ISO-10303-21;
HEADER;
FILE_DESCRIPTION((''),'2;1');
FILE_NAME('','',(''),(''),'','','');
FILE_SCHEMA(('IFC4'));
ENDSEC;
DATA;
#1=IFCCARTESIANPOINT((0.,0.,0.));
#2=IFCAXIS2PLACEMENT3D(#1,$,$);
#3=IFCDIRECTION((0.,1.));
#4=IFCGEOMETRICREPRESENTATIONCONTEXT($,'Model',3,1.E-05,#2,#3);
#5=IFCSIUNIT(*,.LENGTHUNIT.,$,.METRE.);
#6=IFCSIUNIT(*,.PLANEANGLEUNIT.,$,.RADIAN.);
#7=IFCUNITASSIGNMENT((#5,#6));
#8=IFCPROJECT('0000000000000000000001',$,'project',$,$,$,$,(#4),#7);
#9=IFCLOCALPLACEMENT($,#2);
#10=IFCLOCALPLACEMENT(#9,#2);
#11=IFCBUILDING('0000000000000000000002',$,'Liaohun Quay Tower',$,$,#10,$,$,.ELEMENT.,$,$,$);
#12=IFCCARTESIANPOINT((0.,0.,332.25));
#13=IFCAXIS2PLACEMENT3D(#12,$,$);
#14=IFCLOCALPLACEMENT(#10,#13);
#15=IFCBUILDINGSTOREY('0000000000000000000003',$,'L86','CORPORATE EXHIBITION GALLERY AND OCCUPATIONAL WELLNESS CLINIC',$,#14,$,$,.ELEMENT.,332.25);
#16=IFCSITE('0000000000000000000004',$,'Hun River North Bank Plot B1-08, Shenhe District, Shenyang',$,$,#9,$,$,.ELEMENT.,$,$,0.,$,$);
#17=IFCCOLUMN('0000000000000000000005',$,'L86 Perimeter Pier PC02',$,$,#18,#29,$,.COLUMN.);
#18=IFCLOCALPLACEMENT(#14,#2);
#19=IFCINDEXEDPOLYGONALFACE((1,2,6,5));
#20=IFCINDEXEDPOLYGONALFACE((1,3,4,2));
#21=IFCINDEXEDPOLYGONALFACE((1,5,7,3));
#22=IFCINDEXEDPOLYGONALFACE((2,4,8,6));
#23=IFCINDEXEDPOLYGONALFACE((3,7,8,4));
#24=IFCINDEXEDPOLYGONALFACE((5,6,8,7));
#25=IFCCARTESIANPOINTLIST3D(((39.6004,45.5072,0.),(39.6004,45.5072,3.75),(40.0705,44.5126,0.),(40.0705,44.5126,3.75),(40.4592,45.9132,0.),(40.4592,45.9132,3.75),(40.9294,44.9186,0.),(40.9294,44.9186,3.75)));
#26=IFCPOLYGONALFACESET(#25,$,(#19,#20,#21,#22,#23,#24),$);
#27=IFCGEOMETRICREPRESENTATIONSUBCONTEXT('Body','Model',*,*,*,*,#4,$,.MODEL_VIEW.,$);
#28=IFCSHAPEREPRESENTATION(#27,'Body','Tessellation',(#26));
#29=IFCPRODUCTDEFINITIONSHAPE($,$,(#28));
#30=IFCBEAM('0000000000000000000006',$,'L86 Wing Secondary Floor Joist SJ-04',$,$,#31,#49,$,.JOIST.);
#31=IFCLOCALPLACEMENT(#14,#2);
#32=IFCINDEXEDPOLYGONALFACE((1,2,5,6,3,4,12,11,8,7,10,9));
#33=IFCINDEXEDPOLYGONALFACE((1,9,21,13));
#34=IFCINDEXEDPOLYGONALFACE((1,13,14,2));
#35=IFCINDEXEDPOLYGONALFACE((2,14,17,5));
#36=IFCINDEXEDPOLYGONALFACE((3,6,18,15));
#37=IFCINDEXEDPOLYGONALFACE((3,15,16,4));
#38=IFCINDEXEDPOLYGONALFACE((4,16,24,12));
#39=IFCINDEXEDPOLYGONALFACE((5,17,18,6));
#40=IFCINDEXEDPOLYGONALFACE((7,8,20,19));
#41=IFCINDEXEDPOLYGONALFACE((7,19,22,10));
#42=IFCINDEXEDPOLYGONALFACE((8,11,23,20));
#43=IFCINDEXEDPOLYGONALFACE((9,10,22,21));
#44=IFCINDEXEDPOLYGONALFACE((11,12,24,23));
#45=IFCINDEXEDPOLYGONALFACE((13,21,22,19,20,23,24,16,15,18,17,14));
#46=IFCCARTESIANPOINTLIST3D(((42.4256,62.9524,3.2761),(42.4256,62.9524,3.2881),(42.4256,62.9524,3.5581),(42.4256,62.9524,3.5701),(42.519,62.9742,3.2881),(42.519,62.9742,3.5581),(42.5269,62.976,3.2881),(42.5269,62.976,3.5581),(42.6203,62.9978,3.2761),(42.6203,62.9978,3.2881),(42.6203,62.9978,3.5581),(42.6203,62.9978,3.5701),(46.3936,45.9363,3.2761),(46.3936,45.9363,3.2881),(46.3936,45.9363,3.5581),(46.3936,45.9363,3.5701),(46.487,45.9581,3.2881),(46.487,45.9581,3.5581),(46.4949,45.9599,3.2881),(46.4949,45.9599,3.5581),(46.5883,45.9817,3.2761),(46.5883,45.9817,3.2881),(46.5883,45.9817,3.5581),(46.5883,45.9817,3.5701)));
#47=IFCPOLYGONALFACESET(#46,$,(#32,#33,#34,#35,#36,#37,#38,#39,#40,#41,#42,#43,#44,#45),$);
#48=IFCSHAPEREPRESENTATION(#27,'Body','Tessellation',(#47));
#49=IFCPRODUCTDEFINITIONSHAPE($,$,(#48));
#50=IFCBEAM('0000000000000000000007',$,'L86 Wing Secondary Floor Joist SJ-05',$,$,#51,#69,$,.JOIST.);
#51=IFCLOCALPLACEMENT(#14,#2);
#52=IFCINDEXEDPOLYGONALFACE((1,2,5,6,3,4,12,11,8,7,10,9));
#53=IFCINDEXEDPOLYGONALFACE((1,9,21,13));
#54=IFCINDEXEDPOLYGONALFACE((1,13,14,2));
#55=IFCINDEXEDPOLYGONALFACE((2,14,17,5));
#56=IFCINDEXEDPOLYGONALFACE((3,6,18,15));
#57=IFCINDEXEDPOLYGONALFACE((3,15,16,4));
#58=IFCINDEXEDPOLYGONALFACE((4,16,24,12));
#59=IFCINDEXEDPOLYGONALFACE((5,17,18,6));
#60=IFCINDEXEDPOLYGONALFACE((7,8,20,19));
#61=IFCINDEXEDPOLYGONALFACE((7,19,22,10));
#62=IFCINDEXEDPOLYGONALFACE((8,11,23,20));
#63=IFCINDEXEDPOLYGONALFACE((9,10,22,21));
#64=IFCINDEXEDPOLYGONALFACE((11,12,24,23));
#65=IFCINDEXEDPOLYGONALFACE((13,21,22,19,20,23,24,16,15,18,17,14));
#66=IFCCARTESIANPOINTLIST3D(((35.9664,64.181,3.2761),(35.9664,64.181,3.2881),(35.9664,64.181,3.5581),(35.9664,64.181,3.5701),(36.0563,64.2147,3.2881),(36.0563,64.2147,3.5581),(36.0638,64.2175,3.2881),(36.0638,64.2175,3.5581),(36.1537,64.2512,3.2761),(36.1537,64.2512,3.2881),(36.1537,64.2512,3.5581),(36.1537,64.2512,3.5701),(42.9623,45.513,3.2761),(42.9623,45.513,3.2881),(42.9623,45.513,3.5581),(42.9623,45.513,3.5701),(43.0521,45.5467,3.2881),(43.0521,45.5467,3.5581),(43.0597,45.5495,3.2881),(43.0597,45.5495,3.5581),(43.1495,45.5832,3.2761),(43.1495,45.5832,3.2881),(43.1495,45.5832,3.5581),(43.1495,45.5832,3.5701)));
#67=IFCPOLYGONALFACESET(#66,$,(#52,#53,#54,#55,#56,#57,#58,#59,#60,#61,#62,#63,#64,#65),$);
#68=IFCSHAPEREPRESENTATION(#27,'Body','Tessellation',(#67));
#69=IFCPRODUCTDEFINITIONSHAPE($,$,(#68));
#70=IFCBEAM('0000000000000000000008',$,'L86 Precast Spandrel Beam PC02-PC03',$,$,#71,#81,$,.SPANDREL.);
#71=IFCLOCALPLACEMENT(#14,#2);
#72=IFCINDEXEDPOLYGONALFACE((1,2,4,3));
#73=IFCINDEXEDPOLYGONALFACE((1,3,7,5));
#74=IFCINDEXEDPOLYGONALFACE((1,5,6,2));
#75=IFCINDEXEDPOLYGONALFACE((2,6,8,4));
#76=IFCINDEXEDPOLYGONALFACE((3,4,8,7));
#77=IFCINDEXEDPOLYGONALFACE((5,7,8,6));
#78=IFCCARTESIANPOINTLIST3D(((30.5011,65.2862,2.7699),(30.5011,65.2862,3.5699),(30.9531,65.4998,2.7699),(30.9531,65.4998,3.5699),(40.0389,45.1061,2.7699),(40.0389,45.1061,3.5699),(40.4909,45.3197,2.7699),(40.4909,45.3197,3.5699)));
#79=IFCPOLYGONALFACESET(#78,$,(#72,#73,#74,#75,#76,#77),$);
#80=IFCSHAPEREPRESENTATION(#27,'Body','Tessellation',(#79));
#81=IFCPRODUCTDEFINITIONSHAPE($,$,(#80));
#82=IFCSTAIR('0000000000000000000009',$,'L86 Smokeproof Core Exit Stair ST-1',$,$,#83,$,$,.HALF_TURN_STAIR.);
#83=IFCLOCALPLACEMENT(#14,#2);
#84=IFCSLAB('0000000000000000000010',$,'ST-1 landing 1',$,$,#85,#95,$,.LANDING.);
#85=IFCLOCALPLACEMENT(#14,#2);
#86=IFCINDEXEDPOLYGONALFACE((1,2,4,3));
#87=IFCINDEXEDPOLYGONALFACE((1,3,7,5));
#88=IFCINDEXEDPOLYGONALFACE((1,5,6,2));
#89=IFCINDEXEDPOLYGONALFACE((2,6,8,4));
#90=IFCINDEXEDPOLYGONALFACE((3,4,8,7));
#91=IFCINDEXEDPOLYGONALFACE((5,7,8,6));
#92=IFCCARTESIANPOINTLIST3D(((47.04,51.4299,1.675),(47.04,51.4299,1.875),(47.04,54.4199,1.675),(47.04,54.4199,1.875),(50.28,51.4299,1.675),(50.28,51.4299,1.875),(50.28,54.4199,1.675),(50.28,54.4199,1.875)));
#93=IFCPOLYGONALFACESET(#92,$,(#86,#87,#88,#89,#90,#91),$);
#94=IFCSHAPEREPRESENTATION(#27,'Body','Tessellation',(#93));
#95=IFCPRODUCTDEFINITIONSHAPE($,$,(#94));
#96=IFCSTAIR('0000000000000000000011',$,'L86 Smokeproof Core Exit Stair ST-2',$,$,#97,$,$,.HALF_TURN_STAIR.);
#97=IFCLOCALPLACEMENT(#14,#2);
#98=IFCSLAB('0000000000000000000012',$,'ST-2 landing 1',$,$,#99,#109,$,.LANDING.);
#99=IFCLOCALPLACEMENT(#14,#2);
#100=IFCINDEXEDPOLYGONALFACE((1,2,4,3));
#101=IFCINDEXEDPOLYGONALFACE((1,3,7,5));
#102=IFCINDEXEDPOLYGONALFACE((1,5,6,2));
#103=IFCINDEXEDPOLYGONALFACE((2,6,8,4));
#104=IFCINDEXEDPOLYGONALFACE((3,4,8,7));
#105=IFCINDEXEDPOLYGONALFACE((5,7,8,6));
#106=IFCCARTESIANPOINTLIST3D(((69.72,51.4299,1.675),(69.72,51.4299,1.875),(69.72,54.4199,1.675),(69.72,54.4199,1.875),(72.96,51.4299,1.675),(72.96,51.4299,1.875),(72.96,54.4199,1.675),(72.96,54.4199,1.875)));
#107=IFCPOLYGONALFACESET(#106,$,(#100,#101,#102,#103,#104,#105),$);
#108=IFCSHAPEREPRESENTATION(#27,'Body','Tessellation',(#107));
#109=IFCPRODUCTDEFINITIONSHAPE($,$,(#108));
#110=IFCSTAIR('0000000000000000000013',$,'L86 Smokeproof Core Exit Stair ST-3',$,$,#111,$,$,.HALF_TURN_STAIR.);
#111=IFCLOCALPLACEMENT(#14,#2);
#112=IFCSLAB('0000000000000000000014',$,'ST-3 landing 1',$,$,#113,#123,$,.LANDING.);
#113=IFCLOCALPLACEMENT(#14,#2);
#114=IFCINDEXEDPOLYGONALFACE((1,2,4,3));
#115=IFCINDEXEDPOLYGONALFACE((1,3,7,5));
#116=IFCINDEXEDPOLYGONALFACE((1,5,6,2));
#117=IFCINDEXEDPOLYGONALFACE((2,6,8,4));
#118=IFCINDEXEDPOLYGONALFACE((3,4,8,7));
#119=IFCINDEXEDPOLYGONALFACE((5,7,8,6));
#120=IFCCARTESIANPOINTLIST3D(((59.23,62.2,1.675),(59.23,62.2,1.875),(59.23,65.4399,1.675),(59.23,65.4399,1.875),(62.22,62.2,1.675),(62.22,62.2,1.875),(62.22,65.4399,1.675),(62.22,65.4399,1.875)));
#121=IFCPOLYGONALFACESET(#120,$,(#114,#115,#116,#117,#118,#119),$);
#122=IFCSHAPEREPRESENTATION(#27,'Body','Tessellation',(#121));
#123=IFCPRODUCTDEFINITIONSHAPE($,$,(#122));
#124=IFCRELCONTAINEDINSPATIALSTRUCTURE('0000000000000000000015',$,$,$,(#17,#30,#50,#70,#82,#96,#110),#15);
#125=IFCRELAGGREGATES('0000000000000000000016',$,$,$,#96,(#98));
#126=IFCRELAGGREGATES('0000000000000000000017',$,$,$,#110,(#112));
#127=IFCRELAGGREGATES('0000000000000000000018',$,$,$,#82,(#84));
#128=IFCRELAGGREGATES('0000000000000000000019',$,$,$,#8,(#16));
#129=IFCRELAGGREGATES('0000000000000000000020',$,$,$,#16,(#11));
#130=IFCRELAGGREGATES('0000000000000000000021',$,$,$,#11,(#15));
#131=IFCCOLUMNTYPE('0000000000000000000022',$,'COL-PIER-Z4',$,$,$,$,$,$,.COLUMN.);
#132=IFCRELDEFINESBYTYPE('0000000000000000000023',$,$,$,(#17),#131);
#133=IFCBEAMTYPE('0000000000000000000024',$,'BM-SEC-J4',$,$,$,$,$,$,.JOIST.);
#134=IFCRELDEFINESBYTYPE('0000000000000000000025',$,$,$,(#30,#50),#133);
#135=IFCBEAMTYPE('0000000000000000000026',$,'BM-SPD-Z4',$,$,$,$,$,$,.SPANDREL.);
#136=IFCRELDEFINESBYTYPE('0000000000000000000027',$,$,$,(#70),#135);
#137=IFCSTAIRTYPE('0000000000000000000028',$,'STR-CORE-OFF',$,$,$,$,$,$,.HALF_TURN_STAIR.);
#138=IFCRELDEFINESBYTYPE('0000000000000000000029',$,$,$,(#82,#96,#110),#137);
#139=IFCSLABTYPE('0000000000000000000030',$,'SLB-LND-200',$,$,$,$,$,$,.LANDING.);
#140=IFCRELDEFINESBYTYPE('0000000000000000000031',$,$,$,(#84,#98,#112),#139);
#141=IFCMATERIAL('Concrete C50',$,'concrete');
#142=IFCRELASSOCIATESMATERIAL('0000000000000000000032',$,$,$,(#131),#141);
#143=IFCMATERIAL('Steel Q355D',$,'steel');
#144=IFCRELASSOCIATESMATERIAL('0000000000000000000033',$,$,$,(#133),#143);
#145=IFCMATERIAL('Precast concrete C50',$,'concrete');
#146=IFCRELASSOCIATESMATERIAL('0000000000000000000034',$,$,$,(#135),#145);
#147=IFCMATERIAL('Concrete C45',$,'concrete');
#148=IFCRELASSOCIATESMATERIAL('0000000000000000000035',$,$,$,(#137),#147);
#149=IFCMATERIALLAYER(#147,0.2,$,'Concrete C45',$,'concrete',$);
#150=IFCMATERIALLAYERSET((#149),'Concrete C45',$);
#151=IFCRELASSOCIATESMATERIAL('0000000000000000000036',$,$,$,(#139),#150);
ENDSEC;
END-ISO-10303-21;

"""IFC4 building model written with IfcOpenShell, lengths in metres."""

from ifc_helpers import new_model, si_unit, direction, frame, origin, origin_2d, place, context, subcontext, project, spatial, polyline, rectangle, i_section, outline, extrude, source, transform, mapped, material, layer, layer_set, material_profile, profile_set, type_object, element, aggregate, save


model = new_model("IFC4")

# Units and contexts
model_context = context("Model", 3, precision=1e-05, world=origin(), true_north=direction((0.0, 1.0)))
body_context = subcontext(model_context, "Body", "Model", "MODEL_VIEW")
ifc_project = project(units=[si_unit("LENGTHUNIT", "METRE"), si_unit("PLANEANGLEUNIT", "RADIAN")], contexts=[model_context])

# Site, building, storey
site_placement = place(None, origin())
site = spatial("IfcSite", under=ifc_project, at=site_placement, Name="Hun River North Bank Plot B1-08, Shenhe District, Shenyang", CompositionType="ELEMENT", RefElevation=0.0)
building_placement = place(site_placement, origin())
building = spatial("IfcBuilding", under=site, at=building_placement, Name="Liaohun Quay Tower", CompositionType="ELEMENT")
storey_placement = place(building_placement, frame((0.0, 0.0, 332.25)))
storey = spatial("IfcBuildingStorey", under=building, at=storey_placement, Name="L86", Description="CORPORATE EXHIBITION GALLERY AND OCCUPATIONAL WELLNESS CLINIC", CompositionType="ELEMENT", Elevation=332.25)

# Column
ifc_material_1 = material(Name="Concrete C50", Category="concrete")
ifc_material_profile_1 = material_profile(ifc_material_1, rectangle(XDim=1.1001, YDim=0.95, at=origin_2d()), Name="RC1100x950")
ifc_profile_set_1 = profile_set([ifc_material_profile_1], Name="Concrete C50")
column_type = type_object("IfcColumnType", Name="COL-PIER-Z4", PredefinedType="COLUMN", material=ifc_profile_set_1)
shared_shape_1 = source(origin(), body_context, "Body", "SweptSolid", [
    extrude(rectangle(XDim=1.1001, YDim=0.95, at=origin_2d()), origin(), (0.0, 0.0, 1.0), 3.75),
])
column_placement = place(storey_placement, frame((40.2649, 45.2129, 0.0), z_axis=(0.0, 0.0, 1.0), x_axis=(-0.427358, 0.904083, 0.0)))
element("IfcColumn", 1, at=column_placement, inside=storey, type_object=column_type, Name="L86 Perimeter Pier PC02", PredefinedType="COLUMN", context=body_context, shape_type="MappedRepresentation", body=[
    mapped(shared_shape_1, transform((0.0, 0.0, 0.0), x_axis=(1.0, 0.0, 0.0), y_axis=(0.0, 1.0, 0.0), z_axis=(0.0, 0.0, 1.0), scale=1.0)),
])

# Beams
ifc_material_2 = material(Name="Steel Q355D", Category="steel")
ifc_material_profile_2 = material_profile(ifc_material_2, i_section(OverallWidth=0.2, OverallDepth=0.2939, WebThickness=0.0081, FlangeThickness=0.012, at=origin_2d()), Name="HM294x200x8x12")
ifc_profile_set_2 = profile_set([ifc_material_profile_2], Name="Steel Q355D")
beam_type_1 = type_object("IfcBeamType", Name="BM-SEC-J4", PredefinedType="JOIST", material=ifc_profile_set_2)
shared_shape_2 = source(origin(), body_context, "Body", "SweptSolid", [
    extrude(i_section(OverallWidth=0.2, OverallDepth=0.2939, WebThickness=0.0081, FlangeThickness=0.012, at=origin_2d()), origin(), (0.0, 0.0, 1.0), 17.4727),
])
beam_1_placement = place(storey_placement, frame((46.491, 45.959, 3.4231), z_axis=(-0.227099, 0.973872, 0.0), x_axis=(-0.973872, -0.227099, 0.0)))
element("IfcBeam", 2, at=beam_1_placement, inside=storey, type_object=beam_type_1, Name="L86 Wing Secondary Floor Joist SJ-04", PredefinedType="JOIST", context=body_context, shape_type="MappedRepresentation", body=[
    mapped(shared_shape_2, transform((0.0, 0.0, 0.0), x_axis=(1.0, 0.0, 0.0), y_axis=(0.0, 1.0, 0.0), z_axis=(0.0, 0.0, 1.0), scale=1.0)),
])
shared_shape_3 = source(origin(), body_context, "Body", "SweptSolid", [
    extrude(i_section(OverallWidth=0.2, OverallDepth=0.2939, WebThickness=0.0081, FlangeThickness=0.012, at=origin_2d()), origin(), (0.0, 0.0, 1.0), 19.9358),
])
beam_2_placement = place(storey_placement, frame((43.0559, 45.5481, 3.4231), z_axis=(-0.350919, 0.936406, 0.0), x_axis=(-0.936406, -0.350919, 0.0)))
element("IfcBeam", 3, at=beam_2_placement, inside=storey, type_object=beam_type_1, Name="L86 Wing Secondary Floor Joist SJ-05", PredefinedType="JOIST", context=body_context, shape_type="MappedRepresentation", body=[
    mapped(shared_shape_3, transform((0.0, 0.0, 0.0), x_axis=(1.0, 0.0, 0.0), y_axis=(0.0, 1.0, 0.0), z_axis=(0.0, 0.0, 1.0), scale=1.0)),
])
ifc_material_3 = material(Name="Precast concrete C50", Category="concrete")
ifc_material_profile_3 = material_profile(ifc_material_3, rectangle(XDim=0.5, YDim=0.8, at=origin_2d()), Name="RC500x800")
ifc_profile_set_3 = profile_set([ifc_material_profile_3], Name="Precast concrete C50")
beam_type_2 = type_object("IfcBeamType", Name="BM-SPD-Z4", PredefinedType="SPANDREL", material=ifc_profile_set_3)
shared_shape_4 = source(origin(), body_context, "Body", "SweptSolid", [
    extrude(rectangle(XDim=0.5, YDim=0.8, at=origin_2d()), origin(), (0.0, 0.0, 1.0), 22.3206),
])
beam_3_placement = place(storey_placement, frame((40.2649, 45.2129, 3.1699), z_axis=(-0.427311, 0.904105, 0.0), x_axis=(-0.904105, -0.427311, 0.0)))
element("IfcBeam", 4, at=beam_3_placement, inside=storey, type_object=beam_type_2, Name="L86 Precast Spandrel Beam PC02-PC03", PredefinedType="SPANDREL", context=body_context, shape_type="MappedRepresentation", body=[
    mapped(shared_shape_4, transform((0.0, 0.0, 0.0), x_axis=(1.0, 0.0, 0.0), y_axis=(0.0, 1.0, 0.0), z_axis=(0.0, 0.0, 1.0), scale=1.0)),
])

# Stairs, slabs
ifc_material_4 = material(Name="Concrete C45", Category="concrete")
stair_type = type_object("IfcStairType", Name="STR-CORE-OFF", PredefinedType="HALF_TURN_STAIR", material=ifc_material_4)
stair_1_placement = place(storey_placement, origin())
stair_1 = element("IfcStair", 5, at=stair_1_placement, inside=storey, type_object=stair_type, Name="L86 Smokeproof Core Exit Stair ST-1", PredefinedType="HALF_TURN_STAIR")
ifc_layer_1 = layer(ifc_material_4, 0.2, Name="Concrete C45", Category="concrete")
ifc_layer_set_1 = layer_set([ifc_layer_1], Name="Concrete C45")
slab_type_1 = type_object("IfcSlabType", Name="SLB-LND-200", PredefinedType="LANDING", material=ifc_layer_set_1)
slab_1_placement = place(storey_placement, frame((0.0, 0.0, 1.675)))
slab_1 = element("IfcSlab", 6, at=slab_1_placement, type_object=slab_type_1, Name="ST-1 landing 1", PredefinedType="LANDING", context=body_context, shape_type="SweptSolid", body=[
    extrude(outline(polyline([(50.28, 51.4299), (50.28, 54.4199), (47.04, 54.4199), (47.04, 51.4299), (50.28, 51.4299)])), origin(), (0.0, 0.0, 1.0), 0.2),
])
stair_2_placement = place(storey_placement, origin())
stair_2 = element("IfcStair", 7, at=stair_2_placement, inside=storey, type_object=stair_type, Name="L86 Smokeproof Core Exit Stair ST-2", PredefinedType="HALF_TURN_STAIR")
slab_2_placement = place(storey_placement, frame((0.0, 0.0, 1.675)))
slab_2 = element("IfcSlab", 8, at=slab_2_placement, type_object=slab_type_1, Name="ST-2 landing 1", PredefinedType="LANDING", context=body_context, shape_type="SweptSolid", body=[
    extrude(outline(polyline([(72.96, 51.4299), (72.96, 54.4199), (69.72, 54.4199), (69.72, 51.4299), (72.96, 51.4299)])), origin(), (0.0, 0.0, 1.0), 0.2),
])
aggregate(stair_2, [slab_2])
stair_3_placement = place(storey_placement, origin())
stair_3 = element("IfcStair", 9, at=stair_3_placement, inside=storey, type_object=stair_type, Name="L86 Smokeproof Core Exit Stair ST-3", PredefinedType="HALF_TURN_STAIR")
slab_3_placement = place(storey_placement, frame((0.0, 0.0, 1.675)))
slab_3 = element("IfcSlab", 10, at=slab_3_placement, type_object=slab_type_1, Name="ST-3 landing 1", PredefinedType="LANDING", context=body_context, shape_type="SweptSolid", body=[
    extrude(outline(polyline([(59.23, 62.2), (62.22, 62.2), (62.22, 65.4399), (59.23, 65.4399), (59.23, 62.2)])), origin(), (0.0, 0.0, 1.0), 0.2),
])
aggregate(stair_3, [slab_3])

aggregate(stair_1, [slab_1])

save(model, "model.ifc")
